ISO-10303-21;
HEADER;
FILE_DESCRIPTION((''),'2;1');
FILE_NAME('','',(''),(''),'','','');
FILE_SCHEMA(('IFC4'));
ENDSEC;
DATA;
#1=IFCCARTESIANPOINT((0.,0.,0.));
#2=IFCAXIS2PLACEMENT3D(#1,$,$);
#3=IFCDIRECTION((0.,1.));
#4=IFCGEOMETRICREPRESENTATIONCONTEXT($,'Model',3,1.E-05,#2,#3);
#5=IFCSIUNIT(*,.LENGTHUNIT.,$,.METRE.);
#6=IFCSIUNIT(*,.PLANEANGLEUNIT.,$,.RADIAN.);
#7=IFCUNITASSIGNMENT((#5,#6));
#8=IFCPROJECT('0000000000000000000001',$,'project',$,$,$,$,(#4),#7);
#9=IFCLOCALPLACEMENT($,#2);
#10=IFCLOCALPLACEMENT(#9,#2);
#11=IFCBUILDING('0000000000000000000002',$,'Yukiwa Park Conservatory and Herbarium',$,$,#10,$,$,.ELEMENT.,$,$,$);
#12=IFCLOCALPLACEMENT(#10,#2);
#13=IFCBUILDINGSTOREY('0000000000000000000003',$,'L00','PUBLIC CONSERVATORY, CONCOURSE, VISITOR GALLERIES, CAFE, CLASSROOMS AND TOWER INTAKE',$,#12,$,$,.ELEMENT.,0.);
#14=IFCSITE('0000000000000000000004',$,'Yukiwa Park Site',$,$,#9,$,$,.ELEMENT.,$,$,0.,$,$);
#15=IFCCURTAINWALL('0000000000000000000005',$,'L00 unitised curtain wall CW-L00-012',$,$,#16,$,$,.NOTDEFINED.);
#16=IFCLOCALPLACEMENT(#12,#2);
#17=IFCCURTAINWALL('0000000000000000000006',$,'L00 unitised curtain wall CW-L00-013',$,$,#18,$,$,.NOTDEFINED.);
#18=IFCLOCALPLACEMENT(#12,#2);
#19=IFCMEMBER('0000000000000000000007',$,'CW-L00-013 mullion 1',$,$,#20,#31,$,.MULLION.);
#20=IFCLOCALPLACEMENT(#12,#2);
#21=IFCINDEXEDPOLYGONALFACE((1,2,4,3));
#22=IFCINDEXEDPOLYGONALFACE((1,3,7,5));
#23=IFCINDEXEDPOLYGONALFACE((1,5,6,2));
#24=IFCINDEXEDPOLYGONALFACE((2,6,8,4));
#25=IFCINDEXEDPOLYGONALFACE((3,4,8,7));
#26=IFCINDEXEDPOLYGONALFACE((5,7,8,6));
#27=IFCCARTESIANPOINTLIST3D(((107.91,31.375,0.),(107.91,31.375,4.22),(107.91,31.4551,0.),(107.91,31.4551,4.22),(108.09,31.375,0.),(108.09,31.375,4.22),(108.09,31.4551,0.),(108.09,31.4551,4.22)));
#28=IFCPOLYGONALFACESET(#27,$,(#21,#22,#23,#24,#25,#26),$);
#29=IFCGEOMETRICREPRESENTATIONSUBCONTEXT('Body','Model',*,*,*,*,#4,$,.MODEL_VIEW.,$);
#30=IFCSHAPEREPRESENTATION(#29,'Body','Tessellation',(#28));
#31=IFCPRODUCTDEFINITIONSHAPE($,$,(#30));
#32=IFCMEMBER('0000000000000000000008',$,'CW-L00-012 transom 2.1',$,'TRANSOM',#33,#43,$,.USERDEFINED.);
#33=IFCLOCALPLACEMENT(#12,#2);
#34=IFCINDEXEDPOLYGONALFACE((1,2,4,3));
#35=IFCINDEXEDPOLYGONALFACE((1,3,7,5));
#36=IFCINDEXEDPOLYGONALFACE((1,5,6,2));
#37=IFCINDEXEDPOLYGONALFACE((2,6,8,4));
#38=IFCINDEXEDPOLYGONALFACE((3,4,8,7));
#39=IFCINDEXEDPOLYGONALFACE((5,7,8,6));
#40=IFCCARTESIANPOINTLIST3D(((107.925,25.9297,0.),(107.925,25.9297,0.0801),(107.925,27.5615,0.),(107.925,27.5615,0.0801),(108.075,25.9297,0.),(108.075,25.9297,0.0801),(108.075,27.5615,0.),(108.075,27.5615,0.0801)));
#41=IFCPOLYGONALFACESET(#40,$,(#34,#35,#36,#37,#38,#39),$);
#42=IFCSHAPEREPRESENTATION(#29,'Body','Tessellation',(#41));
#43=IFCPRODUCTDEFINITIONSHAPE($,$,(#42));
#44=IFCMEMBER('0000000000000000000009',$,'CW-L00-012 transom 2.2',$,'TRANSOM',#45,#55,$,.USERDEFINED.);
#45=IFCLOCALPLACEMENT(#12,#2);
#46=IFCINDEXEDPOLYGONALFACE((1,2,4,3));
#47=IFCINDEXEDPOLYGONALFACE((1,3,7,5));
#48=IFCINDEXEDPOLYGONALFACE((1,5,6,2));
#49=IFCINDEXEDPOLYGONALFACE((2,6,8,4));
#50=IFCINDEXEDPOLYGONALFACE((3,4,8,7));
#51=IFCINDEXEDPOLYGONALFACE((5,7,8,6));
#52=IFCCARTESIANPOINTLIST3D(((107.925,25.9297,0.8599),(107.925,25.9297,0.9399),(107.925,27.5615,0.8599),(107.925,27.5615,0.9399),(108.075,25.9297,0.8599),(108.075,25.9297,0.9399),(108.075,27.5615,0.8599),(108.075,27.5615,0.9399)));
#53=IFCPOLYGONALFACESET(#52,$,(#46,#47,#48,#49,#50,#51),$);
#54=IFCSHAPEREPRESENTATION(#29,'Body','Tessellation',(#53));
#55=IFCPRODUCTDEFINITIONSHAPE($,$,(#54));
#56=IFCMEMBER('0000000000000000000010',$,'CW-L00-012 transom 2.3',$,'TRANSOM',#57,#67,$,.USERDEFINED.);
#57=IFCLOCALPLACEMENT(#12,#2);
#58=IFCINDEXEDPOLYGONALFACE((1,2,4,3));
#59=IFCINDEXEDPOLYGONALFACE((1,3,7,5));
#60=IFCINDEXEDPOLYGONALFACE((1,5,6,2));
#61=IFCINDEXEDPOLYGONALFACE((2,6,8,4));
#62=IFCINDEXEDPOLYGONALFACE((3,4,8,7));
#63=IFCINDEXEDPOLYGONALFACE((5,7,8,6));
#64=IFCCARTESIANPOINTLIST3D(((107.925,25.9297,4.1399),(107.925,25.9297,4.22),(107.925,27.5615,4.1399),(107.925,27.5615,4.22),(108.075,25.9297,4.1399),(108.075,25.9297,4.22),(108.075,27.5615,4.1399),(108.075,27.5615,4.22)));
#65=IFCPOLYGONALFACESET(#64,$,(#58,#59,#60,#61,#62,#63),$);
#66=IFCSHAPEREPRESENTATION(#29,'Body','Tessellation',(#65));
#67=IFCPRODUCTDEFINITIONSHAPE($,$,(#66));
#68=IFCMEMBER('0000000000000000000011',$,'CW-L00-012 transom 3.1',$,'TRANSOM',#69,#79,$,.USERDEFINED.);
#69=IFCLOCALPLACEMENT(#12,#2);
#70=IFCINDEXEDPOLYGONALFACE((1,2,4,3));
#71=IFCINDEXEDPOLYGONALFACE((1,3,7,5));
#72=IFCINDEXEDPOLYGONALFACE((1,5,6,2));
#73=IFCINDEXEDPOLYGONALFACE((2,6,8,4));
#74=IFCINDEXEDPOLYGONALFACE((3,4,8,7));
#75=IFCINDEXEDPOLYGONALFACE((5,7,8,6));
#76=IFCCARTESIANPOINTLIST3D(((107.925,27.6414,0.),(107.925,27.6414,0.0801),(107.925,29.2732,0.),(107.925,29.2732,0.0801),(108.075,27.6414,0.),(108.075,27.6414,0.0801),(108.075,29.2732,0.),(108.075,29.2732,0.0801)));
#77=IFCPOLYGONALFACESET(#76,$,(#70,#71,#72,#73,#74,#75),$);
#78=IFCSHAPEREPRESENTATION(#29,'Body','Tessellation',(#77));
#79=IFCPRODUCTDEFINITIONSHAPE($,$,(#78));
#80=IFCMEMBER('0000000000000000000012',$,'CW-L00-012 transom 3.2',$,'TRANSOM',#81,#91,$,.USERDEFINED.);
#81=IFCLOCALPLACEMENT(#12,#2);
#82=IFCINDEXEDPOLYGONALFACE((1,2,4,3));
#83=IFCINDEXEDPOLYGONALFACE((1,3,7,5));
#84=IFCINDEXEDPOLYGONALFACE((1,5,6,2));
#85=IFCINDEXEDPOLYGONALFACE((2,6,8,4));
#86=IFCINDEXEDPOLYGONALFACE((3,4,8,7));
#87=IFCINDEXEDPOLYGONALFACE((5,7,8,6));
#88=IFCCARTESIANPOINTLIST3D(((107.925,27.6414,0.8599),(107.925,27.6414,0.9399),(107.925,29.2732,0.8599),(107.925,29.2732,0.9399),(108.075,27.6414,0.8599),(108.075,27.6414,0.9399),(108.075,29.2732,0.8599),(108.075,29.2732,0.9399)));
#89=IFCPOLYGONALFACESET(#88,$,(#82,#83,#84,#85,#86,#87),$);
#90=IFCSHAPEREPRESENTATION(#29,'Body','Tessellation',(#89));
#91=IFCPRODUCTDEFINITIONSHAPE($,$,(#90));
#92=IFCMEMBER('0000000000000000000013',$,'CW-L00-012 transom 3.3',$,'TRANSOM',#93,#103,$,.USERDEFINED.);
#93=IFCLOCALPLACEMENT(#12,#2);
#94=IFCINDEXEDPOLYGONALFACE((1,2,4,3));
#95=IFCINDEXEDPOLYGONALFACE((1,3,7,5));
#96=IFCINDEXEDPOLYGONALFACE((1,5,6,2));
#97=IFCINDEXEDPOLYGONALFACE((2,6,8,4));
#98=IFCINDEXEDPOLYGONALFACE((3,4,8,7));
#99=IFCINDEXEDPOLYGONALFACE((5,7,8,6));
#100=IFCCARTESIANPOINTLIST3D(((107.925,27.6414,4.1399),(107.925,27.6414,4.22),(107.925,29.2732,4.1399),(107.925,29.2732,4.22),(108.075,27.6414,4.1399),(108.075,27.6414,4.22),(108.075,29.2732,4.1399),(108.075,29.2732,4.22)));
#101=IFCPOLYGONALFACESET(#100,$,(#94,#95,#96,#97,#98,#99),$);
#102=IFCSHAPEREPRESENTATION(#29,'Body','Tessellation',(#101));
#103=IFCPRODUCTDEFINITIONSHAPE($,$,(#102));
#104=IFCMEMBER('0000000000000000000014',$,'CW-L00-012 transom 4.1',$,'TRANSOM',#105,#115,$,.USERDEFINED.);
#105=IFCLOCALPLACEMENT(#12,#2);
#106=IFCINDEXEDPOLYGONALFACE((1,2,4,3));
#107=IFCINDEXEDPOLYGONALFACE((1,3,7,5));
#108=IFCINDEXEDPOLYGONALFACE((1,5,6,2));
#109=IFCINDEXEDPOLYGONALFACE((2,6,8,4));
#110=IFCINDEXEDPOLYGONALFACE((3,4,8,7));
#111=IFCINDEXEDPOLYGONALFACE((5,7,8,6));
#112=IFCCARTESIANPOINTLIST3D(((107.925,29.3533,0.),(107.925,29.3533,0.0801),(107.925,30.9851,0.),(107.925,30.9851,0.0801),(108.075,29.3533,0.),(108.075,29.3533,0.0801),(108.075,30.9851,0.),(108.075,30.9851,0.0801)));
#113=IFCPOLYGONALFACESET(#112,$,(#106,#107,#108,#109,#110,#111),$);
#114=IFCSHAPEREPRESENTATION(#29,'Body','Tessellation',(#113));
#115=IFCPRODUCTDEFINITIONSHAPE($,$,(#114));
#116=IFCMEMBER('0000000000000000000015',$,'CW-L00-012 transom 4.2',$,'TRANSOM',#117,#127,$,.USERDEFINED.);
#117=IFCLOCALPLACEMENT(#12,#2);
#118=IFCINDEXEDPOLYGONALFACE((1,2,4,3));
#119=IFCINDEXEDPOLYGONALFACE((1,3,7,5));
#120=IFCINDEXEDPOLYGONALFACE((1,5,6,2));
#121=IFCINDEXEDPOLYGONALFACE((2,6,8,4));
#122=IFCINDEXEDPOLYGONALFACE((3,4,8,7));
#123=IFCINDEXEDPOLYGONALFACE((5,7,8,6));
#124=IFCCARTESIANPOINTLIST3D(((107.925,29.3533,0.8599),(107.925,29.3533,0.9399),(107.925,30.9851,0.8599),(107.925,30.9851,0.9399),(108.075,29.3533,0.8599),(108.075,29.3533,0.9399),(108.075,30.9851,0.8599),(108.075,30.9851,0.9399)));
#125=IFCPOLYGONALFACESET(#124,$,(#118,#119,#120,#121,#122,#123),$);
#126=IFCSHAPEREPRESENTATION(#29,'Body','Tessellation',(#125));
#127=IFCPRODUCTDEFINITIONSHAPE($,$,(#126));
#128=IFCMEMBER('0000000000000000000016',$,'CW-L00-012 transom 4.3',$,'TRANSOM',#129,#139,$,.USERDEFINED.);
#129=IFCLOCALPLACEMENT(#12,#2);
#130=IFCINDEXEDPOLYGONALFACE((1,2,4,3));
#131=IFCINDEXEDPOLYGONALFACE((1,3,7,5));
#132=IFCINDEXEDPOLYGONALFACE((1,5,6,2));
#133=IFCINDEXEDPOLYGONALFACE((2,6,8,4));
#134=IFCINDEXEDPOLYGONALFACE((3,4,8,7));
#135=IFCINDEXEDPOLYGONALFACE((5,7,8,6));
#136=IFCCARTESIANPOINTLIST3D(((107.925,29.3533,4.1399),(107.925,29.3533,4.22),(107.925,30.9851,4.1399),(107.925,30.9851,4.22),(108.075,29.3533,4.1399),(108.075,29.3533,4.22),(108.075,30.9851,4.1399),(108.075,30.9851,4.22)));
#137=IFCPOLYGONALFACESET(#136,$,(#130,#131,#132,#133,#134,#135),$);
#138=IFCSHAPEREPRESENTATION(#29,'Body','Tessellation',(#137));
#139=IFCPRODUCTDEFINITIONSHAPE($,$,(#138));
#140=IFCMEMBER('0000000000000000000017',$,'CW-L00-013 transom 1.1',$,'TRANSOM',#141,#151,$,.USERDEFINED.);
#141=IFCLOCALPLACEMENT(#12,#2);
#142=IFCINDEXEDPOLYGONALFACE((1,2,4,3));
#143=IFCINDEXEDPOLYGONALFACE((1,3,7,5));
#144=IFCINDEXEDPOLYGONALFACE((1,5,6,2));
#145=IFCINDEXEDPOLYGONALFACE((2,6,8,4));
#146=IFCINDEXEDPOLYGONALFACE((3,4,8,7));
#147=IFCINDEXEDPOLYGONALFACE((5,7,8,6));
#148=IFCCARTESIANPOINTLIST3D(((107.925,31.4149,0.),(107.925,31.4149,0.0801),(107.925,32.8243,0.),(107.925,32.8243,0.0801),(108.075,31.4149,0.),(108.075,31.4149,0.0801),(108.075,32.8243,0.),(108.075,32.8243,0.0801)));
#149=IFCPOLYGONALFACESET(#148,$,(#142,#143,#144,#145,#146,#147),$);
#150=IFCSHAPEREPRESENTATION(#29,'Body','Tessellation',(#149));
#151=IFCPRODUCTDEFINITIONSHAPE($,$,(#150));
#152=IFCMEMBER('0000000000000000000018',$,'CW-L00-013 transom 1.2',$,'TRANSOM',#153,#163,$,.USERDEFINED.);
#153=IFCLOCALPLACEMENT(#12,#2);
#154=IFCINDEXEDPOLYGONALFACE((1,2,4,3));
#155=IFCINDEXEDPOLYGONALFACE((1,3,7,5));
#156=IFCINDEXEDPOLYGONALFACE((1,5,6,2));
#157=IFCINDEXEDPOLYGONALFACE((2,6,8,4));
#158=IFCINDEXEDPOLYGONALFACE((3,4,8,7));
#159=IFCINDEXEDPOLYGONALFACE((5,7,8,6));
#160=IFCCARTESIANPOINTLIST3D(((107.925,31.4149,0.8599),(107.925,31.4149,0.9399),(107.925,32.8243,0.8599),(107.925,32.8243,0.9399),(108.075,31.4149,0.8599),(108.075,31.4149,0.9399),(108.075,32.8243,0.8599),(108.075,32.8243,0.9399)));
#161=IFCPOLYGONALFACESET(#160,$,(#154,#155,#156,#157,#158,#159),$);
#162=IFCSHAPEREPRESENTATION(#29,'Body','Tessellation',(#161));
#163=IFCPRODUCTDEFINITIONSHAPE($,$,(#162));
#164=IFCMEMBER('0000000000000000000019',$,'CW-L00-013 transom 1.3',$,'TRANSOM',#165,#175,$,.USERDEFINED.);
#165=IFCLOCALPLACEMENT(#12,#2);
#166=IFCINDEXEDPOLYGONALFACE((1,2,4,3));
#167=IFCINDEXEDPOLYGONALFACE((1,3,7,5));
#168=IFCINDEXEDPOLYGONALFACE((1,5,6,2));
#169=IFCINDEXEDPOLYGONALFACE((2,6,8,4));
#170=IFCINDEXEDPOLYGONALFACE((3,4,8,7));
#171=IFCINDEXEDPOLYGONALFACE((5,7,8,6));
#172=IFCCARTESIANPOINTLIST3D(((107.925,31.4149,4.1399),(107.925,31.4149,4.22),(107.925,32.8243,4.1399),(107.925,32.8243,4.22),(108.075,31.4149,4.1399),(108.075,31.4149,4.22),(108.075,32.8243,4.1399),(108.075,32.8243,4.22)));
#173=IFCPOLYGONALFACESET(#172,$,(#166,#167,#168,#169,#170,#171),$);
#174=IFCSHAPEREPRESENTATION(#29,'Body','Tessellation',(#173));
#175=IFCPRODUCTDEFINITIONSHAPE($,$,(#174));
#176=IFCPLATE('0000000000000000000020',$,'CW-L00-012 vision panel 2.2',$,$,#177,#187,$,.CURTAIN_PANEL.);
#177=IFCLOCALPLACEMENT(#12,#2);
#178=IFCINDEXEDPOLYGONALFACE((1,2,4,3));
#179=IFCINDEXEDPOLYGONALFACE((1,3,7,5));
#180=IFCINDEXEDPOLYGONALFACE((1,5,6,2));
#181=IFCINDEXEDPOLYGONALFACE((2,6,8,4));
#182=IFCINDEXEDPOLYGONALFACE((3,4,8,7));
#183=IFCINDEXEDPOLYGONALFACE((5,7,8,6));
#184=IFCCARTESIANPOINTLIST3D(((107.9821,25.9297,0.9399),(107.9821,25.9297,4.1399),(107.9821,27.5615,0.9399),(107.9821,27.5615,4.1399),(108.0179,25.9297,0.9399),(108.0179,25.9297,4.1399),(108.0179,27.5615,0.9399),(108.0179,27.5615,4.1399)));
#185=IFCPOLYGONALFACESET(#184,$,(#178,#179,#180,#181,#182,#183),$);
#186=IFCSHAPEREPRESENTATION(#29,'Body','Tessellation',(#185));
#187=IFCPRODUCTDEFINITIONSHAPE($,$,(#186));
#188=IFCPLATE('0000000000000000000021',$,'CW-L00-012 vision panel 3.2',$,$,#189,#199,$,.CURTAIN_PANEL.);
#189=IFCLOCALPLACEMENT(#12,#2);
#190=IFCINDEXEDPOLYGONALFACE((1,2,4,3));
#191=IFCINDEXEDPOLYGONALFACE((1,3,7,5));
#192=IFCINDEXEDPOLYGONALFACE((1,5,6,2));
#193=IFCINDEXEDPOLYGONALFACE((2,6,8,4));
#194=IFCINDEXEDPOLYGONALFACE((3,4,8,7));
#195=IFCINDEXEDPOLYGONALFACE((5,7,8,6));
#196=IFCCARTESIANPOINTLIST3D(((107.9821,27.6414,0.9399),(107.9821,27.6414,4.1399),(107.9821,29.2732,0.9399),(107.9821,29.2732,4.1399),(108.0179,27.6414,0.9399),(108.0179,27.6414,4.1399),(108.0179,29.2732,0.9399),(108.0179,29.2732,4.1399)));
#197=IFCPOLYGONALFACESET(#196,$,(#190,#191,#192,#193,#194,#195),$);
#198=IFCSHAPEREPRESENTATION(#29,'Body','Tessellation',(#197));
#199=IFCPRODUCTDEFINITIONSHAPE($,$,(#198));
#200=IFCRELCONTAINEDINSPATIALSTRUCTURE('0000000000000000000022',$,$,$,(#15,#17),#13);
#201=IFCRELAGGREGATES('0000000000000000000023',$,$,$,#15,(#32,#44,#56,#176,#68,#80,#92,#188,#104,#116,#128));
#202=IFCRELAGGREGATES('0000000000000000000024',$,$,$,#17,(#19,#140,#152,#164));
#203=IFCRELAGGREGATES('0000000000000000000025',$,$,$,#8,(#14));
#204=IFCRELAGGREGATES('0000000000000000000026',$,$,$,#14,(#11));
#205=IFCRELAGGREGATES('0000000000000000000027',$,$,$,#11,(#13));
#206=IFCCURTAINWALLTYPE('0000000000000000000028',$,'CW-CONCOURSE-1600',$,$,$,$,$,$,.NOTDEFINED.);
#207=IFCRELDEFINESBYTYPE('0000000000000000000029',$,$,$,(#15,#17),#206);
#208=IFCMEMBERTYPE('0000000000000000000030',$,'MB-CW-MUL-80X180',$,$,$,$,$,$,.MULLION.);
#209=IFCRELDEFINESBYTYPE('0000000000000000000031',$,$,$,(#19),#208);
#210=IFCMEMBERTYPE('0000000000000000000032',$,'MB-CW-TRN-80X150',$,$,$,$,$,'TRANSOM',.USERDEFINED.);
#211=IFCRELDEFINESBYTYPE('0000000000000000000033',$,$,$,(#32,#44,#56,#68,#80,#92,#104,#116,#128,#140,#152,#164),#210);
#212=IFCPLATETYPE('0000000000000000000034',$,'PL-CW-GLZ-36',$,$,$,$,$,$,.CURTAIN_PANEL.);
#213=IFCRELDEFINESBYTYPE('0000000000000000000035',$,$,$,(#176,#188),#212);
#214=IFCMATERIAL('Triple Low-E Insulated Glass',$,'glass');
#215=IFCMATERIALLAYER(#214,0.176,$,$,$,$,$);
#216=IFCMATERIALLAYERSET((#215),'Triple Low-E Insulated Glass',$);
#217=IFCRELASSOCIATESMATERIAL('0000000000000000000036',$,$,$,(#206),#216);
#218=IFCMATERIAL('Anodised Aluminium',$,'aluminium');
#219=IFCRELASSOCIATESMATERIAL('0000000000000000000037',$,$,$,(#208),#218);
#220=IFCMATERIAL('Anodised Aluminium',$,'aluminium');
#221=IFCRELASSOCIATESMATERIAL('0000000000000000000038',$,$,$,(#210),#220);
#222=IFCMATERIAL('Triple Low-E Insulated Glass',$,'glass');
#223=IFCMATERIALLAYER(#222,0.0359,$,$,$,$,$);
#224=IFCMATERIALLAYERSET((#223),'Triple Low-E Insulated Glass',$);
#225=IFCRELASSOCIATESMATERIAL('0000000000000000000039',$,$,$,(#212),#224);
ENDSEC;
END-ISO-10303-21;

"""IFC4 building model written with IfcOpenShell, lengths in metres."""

from ifc_helpers import new_model, si_unit, direction, frame, origin, origin_2d, place, context, subcontext, project, spatial, rectangle, extrude, material, layer, layer_set, type_object, element, aggregate, save


model = new_model("IFC4")

# Units and contexts
model_context = context("Model", 3, precision=1e-05, world=origin(), true_north=direction((0.0, 1.0)))
body_context = subcontext(model_context, "Body", "Model", "MODEL_VIEW")
ifc_project = project(units=[si_unit("LENGTHUNIT", "METRE"), si_unit("PLANEANGLEUNIT", "RADIAN")], contexts=[model_context])

# Site, building, storey
site_placement = place(None, origin())
site = spatial("IfcSite", under=ifc_project, at=site_placement, Name="Yukiwa Park Site", CompositionType="ELEMENT", RefElevation=0.0)
building_placement = place(site_placement, origin())
building = spatial("IfcBuilding", under=site, at=building_placement, Name="Yukiwa Park Conservatory and Herbarium", CompositionType="ELEMENT")
storey_placement = place(building_placement, origin())
storey = spatial("IfcBuildingStorey", under=building, at=storey_placement, Name="L00", Description="PUBLIC CONSERVATORY, CONCOURSE, VISITOR GALLERIES, CAFE, CLASSROOMS AND TOWER INTAKE", CompositionType="ELEMENT", Elevation=0.0)

# Curtain wall
ifc_material_1 = material(Name="Triple Low-E Insulated Glass", Category="glass")
ifc_layer_1 = layer(ifc_material_1, 0.176)
ifc_layer_set_1 = layer_set([ifc_layer_1], Name="Triple Low-E Insulated Glass")
curtain_wall_type = type_object("IfcCurtainWallType", Name="CW-CONCOURSE-1600", PredefinedType="NOTDEFINED", material=ifc_layer_set_1)
curtain_wall_1_placement = place(storey_placement, origin())
curtain_wall_1 = element("IfcCurtainWall", 1, at=curtain_wall_1_placement, inside=storey, type_object=curtain_wall_type, Name="L00 unitised curtain wall CW-L00-012", PredefinedType="NOTDEFINED")
ifc_material_2 = material(Name="Anodised Aluminium", Category="aluminium")
member_type_1 = type_object("IfcMemberType", Name="MB-CW-MUL-80X180", PredefinedType="MULLION", material=ifc_material_2)

# Curtain wall, member
curtain_wall_2_placement = place(storey_placement, origin())
curtain_wall_2 = element("IfcCurtainWall", 2, at=curtain_wall_2_placement, inside=storey, type_object=curtain_wall_type, Name="L00 unitised curtain wall CW-L00-013", PredefinedType="NOTDEFINED")
member_1_placement = place(storey_placement, frame((108.0, 31.415, 0.0), z_axis=(0.0, 0.0, 1.0), x_axis=(0.0, 1.0, 0.0)))
member_1 = element("IfcMember", 3, at=member_1_placement, type_object=member_type_1, Name="CW-L00-013 mullion 1", PredefinedType="MULLION", context=body_context, shape_type="SweptSolid", body=[
    extrude(rectangle(XDim=0.0801, YDim=0.1799, at=origin_2d()), origin(), (0.0, 0.0, 1.0), 4.22),
])

# Members
ifc_material_3 = material(Name="Anodised Aluminium", Category="aluminium")
member_type_2 = type_object("IfcMemberType", Name="MB-CW-TRN-80X150", ElementType="TRANSOM", PredefinedType="USERDEFINED", material=ifc_material_3)
member_2_placement = place(storey_placement, frame((108.0, 26.7456, 0.0), z_axis=(0.0, 0.0, 1.0), x_axis=(0.0, 1.0, 0.0)))
member_2 = element("IfcMember", 4, at=member_2_placement, type_object=member_type_2, Name="CW-L00-012 transom 2.1", ObjectType="TRANSOM", PredefinedType="USERDEFINED", context=body_context, shape_type="SweptSolid", body=[
    extrude(rectangle(XDim=1.6318, YDim=0.1499, at=origin_2d()), origin(), (0.0, 0.0, 1.0), 0.0801),
])
member_3_placement = place(storey_placement, frame((108.0, 26.7456, 0.8599), z_axis=(0.0, 0.0, 1.0), x_axis=(0.0, 1.0, 0.0)))
member_3 = element("IfcMember", 5, at=member_3_placement, type_object=member_type_2, Name="CW-L00-012 transom 2.2", ObjectType="TRANSOM", PredefinedType="USERDEFINED", context=body_context, shape_type="SweptSolid", body=[
    extrude(rectangle(XDim=1.6318, YDim=0.1499, at=origin_2d()), origin(), (0.0, 0.0, 1.0), 0.0801),
])
member_4_placement = place(storey_placement, frame((108.0, 26.7456, 4.1399), z_axis=(0.0, 0.0, 1.0), x_axis=(0.0, 1.0, 0.0)))
member_4 = element("IfcMember", 6, at=member_4_placement, type_object=member_type_2, Name="CW-L00-012 transom 2.3", ObjectType="TRANSOM", PredefinedType="USERDEFINED", context=body_context, shape_type="SweptSolid", body=[
    extrude(rectangle(XDim=1.6318, YDim=0.1499, at=origin_2d()), origin(), (0.0, 0.0, 1.0), 0.0801),
])
member_5_placement = place(storey_placement, frame((108.0, 28.4573, 0.0), z_axis=(0.0, 0.0, 1.0), x_axis=(0.0, 1.0, 0.0)))
member_5 = element("IfcMember", 7, at=member_5_placement, type_object=member_type_2, Name="CW-L00-012 transom 3.1", ObjectType="TRANSOM", PredefinedType="USERDEFINED", context=body_context, shape_type="SweptSolid", body=[
    extrude(rectangle(XDim=1.6318, YDim=0.1499, at=origin_2d()), origin(), (0.0, 0.0, 1.0), 0.0801),
])
member_6_placement = place(storey_placement, frame((108.0, 28.4573, 0.8599), z_axis=(0.0, 0.0, 1.0), x_axis=(0.0, 1.0, 0.0)))
member_6 = element("IfcMember", 8, at=member_6_placement, type_object=member_type_2, Name="CW-L00-012 transom 3.2", ObjectType="TRANSOM", PredefinedType="USERDEFINED", context=body_context, shape_type="SweptSolid", body=[
    extrude(rectangle(XDim=1.6318, YDim=0.1499, at=origin_2d()), origin(), (0.0, 0.0, 1.0), 0.0801),
])
member_7_placement = place(storey_placement, frame((108.0, 28.4573, 4.1399), z_axis=(0.0, 0.0, 1.0), x_axis=(0.0, 1.0, 0.0)))
member_7 = element("IfcMember", 9, at=member_7_placement, type_object=member_type_2, Name="CW-L00-012 transom 3.3", ObjectType="TRANSOM", PredefinedType="USERDEFINED", context=body_context, shape_type="SweptSolid", body=[
    extrude(rectangle(XDim=1.6318, YDim=0.1499, at=origin_2d()), origin(), (0.0, 0.0, 1.0), 0.0801),
])
member_8_placement = place(storey_placement, frame((108.0, 30.1692, 0.0), z_axis=(0.0, 0.0, 1.0), x_axis=(0.0, 1.0, 0.0)))
member_8 = element("IfcMember", 10, at=member_8_placement, type_object=member_type_2, Name="CW-L00-012 transom 4.1", ObjectType="TRANSOM", PredefinedType="USERDEFINED", context=body_context, shape_type="SweptSolid", body=[
    extrude(rectangle(XDim=1.6318, YDim=0.1499, at=origin_2d()), origin(), (0.0, 0.0, 1.0), 0.0801),
])
member_9_placement = place(storey_placement, frame((108.0, 30.1692, 0.8599), z_axis=(0.0, 0.0, 1.0), x_axis=(0.0, 1.0, 0.0)))
member_9 = element("IfcMember", 11, at=member_9_placement, type_object=member_type_2, Name="CW-L00-012 transom 4.2", ObjectType="TRANSOM", PredefinedType="USERDEFINED", context=body_context, shape_type="SweptSolid", body=[
    extrude(rectangle(XDim=1.6318, YDim=0.1499, at=origin_2d()), origin(), (0.0, 0.0, 1.0), 0.0801),
])
member_10_placement = place(storey_placement, frame((108.0, 30.1692, 4.1399), z_axis=(0.0, 0.0, 1.0), x_axis=(0.0, 1.0, 0.0)))
member_10 = element("IfcMember", 12, at=member_10_placement, type_object=member_type_2, Name="CW-L00-012 transom 4.3", ObjectType="TRANSOM", PredefinedType="USERDEFINED", context=body_context, shape_type="SweptSolid", body=[
    extrude(rectangle(XDim=1.6318, YDim=0.1499, at=origin_2d()), origin(), (0.0, 0.0, 1.0), 0.0801),
])
member_11_placement = place(storey_placement, frame((108.0, 32.1196, 0.0), z_axis=(0.0, 0.0, 1.0), x_axis=(0.0, 1.0, 0.0)))
member_11 = element("IfcMember", 13, at=member_11_placement, type_object=member_type_2, Name="CW-L00-013 transom 1.1", ObjectType="TRANSOM", PredefinedType="USERDEFINED", context=body_context, shape_type="SweptSolid", body=[
    extrude(rectangle(XDim=1.4094, YDim=0.1499, at=origin_2d()), origin(), (0.0, 0.0, 1.0), 0.0801),
])
member_12_placement = place(storey_placement, frame((108.0, 32.1196, 0.8599), z_axis=(0.0, 0.0, 1.0), x_axis=(0.0, 1.0, 0.0)))
member_12 = element("IfcMember", 14, at=member_12_placement, type_object=member_type_2, Name="CW-L00-013 transom 1.2", ObjectType="TRANSOM", PredefinedType="USERDEFINED", context=body_context, shape_type="SweptSolid", body=[
    extrude(rectangle(XDim=1.4094, YDim=0.1499, at=origin_2d()), origin(), (0.0, 0.0, 1.0), 0.0801),
])
member_13_placement = place(storey_placement, frame((108.0, 32.1196, 4.1399), z_axis=(0.0, 0.0, 1.0), x_axis=(0.0, 1.0, 0.0)))
member_13 = element("IfcMember", 15, at=member_13_placement, type_object=member_type_2, Name="CW-L00-013 transom 1.3", ObjectType="TRANSOM", PredefinedType="USERDEFINED", context=body_context, shape_type="SweptSolid", body=[
    extrude(rectangle(XDim=1.4094, YDim=0.1499, at=origin_2d()), origin(), (0.0, 0.0, 1.0), 0.0801),
])

# Plates
ifc_material_4 = material(Name="Triple Low-E Insulated Glass", Category="glass")
ifc_layer_2 = layer(ifc_material_4, 0.0359)
ifc_layer_set_2 = layer_set([ifc_layer_2], Name="Triple Low-E Insulated Glass")
plate_type_1 = type_object("IfcPlateType", Name="PL-CW-GLZ-36", PredefinedType="CURTAIN_PANEL", material=ifc_layer_set_2)
plate_1_placement = place(storey_placement, frame((108.0, 26.7456, 0.9399), z_axis=(0.0, 0.0, 1.0), x_axis=(0.0, 1.0, 0.0)))
plate_1 = element("IfcPlate", 16, at=plate_1_placement, type_object=plate_type_1, Name="CW-L00-012 vision panel 2.2", PredefinedType="CURTAIN_PANEL", context=body_context, shape_type="SweptSolid", body=[
    extrude(rectangle(XDim=1.6318, YDim=0.0359, at=origin_2d()), origin(), (0.0, 0.0, 1.0), 3.2),
])
plate_2_placement = place(storey_placement, frame((108.0, 28.4573, 0.9399), z_axis=(0.0, 0.0, 1.0), x_axis=(0.0, 1.0, 0.0)))
plate_2 = element("IfcPlate", 17, at=plate_2_placement, type_object=plate_type_1, Name="CW-L00-012 vision panel 3.2", PredefinedType="CURTAIN_PANEL", context=body_context, shape_type="SweptSolid", body=[
    extrude(rectangle(XDim=1.6318, YDim=0.0359, at=origin_2d()), origin(), (0.0, 0.0, 1.0), 3.2),
])
aggregate(curtain_wall_1, [member_2, member_3, member_4, plate_1, member_5, member_6, member_7, plate_2, member_8, member_9, member_10])
aggregate(curtain_wall_2, [member_1, member_11, member_12, member_13])

save(model, "model.ifc")
